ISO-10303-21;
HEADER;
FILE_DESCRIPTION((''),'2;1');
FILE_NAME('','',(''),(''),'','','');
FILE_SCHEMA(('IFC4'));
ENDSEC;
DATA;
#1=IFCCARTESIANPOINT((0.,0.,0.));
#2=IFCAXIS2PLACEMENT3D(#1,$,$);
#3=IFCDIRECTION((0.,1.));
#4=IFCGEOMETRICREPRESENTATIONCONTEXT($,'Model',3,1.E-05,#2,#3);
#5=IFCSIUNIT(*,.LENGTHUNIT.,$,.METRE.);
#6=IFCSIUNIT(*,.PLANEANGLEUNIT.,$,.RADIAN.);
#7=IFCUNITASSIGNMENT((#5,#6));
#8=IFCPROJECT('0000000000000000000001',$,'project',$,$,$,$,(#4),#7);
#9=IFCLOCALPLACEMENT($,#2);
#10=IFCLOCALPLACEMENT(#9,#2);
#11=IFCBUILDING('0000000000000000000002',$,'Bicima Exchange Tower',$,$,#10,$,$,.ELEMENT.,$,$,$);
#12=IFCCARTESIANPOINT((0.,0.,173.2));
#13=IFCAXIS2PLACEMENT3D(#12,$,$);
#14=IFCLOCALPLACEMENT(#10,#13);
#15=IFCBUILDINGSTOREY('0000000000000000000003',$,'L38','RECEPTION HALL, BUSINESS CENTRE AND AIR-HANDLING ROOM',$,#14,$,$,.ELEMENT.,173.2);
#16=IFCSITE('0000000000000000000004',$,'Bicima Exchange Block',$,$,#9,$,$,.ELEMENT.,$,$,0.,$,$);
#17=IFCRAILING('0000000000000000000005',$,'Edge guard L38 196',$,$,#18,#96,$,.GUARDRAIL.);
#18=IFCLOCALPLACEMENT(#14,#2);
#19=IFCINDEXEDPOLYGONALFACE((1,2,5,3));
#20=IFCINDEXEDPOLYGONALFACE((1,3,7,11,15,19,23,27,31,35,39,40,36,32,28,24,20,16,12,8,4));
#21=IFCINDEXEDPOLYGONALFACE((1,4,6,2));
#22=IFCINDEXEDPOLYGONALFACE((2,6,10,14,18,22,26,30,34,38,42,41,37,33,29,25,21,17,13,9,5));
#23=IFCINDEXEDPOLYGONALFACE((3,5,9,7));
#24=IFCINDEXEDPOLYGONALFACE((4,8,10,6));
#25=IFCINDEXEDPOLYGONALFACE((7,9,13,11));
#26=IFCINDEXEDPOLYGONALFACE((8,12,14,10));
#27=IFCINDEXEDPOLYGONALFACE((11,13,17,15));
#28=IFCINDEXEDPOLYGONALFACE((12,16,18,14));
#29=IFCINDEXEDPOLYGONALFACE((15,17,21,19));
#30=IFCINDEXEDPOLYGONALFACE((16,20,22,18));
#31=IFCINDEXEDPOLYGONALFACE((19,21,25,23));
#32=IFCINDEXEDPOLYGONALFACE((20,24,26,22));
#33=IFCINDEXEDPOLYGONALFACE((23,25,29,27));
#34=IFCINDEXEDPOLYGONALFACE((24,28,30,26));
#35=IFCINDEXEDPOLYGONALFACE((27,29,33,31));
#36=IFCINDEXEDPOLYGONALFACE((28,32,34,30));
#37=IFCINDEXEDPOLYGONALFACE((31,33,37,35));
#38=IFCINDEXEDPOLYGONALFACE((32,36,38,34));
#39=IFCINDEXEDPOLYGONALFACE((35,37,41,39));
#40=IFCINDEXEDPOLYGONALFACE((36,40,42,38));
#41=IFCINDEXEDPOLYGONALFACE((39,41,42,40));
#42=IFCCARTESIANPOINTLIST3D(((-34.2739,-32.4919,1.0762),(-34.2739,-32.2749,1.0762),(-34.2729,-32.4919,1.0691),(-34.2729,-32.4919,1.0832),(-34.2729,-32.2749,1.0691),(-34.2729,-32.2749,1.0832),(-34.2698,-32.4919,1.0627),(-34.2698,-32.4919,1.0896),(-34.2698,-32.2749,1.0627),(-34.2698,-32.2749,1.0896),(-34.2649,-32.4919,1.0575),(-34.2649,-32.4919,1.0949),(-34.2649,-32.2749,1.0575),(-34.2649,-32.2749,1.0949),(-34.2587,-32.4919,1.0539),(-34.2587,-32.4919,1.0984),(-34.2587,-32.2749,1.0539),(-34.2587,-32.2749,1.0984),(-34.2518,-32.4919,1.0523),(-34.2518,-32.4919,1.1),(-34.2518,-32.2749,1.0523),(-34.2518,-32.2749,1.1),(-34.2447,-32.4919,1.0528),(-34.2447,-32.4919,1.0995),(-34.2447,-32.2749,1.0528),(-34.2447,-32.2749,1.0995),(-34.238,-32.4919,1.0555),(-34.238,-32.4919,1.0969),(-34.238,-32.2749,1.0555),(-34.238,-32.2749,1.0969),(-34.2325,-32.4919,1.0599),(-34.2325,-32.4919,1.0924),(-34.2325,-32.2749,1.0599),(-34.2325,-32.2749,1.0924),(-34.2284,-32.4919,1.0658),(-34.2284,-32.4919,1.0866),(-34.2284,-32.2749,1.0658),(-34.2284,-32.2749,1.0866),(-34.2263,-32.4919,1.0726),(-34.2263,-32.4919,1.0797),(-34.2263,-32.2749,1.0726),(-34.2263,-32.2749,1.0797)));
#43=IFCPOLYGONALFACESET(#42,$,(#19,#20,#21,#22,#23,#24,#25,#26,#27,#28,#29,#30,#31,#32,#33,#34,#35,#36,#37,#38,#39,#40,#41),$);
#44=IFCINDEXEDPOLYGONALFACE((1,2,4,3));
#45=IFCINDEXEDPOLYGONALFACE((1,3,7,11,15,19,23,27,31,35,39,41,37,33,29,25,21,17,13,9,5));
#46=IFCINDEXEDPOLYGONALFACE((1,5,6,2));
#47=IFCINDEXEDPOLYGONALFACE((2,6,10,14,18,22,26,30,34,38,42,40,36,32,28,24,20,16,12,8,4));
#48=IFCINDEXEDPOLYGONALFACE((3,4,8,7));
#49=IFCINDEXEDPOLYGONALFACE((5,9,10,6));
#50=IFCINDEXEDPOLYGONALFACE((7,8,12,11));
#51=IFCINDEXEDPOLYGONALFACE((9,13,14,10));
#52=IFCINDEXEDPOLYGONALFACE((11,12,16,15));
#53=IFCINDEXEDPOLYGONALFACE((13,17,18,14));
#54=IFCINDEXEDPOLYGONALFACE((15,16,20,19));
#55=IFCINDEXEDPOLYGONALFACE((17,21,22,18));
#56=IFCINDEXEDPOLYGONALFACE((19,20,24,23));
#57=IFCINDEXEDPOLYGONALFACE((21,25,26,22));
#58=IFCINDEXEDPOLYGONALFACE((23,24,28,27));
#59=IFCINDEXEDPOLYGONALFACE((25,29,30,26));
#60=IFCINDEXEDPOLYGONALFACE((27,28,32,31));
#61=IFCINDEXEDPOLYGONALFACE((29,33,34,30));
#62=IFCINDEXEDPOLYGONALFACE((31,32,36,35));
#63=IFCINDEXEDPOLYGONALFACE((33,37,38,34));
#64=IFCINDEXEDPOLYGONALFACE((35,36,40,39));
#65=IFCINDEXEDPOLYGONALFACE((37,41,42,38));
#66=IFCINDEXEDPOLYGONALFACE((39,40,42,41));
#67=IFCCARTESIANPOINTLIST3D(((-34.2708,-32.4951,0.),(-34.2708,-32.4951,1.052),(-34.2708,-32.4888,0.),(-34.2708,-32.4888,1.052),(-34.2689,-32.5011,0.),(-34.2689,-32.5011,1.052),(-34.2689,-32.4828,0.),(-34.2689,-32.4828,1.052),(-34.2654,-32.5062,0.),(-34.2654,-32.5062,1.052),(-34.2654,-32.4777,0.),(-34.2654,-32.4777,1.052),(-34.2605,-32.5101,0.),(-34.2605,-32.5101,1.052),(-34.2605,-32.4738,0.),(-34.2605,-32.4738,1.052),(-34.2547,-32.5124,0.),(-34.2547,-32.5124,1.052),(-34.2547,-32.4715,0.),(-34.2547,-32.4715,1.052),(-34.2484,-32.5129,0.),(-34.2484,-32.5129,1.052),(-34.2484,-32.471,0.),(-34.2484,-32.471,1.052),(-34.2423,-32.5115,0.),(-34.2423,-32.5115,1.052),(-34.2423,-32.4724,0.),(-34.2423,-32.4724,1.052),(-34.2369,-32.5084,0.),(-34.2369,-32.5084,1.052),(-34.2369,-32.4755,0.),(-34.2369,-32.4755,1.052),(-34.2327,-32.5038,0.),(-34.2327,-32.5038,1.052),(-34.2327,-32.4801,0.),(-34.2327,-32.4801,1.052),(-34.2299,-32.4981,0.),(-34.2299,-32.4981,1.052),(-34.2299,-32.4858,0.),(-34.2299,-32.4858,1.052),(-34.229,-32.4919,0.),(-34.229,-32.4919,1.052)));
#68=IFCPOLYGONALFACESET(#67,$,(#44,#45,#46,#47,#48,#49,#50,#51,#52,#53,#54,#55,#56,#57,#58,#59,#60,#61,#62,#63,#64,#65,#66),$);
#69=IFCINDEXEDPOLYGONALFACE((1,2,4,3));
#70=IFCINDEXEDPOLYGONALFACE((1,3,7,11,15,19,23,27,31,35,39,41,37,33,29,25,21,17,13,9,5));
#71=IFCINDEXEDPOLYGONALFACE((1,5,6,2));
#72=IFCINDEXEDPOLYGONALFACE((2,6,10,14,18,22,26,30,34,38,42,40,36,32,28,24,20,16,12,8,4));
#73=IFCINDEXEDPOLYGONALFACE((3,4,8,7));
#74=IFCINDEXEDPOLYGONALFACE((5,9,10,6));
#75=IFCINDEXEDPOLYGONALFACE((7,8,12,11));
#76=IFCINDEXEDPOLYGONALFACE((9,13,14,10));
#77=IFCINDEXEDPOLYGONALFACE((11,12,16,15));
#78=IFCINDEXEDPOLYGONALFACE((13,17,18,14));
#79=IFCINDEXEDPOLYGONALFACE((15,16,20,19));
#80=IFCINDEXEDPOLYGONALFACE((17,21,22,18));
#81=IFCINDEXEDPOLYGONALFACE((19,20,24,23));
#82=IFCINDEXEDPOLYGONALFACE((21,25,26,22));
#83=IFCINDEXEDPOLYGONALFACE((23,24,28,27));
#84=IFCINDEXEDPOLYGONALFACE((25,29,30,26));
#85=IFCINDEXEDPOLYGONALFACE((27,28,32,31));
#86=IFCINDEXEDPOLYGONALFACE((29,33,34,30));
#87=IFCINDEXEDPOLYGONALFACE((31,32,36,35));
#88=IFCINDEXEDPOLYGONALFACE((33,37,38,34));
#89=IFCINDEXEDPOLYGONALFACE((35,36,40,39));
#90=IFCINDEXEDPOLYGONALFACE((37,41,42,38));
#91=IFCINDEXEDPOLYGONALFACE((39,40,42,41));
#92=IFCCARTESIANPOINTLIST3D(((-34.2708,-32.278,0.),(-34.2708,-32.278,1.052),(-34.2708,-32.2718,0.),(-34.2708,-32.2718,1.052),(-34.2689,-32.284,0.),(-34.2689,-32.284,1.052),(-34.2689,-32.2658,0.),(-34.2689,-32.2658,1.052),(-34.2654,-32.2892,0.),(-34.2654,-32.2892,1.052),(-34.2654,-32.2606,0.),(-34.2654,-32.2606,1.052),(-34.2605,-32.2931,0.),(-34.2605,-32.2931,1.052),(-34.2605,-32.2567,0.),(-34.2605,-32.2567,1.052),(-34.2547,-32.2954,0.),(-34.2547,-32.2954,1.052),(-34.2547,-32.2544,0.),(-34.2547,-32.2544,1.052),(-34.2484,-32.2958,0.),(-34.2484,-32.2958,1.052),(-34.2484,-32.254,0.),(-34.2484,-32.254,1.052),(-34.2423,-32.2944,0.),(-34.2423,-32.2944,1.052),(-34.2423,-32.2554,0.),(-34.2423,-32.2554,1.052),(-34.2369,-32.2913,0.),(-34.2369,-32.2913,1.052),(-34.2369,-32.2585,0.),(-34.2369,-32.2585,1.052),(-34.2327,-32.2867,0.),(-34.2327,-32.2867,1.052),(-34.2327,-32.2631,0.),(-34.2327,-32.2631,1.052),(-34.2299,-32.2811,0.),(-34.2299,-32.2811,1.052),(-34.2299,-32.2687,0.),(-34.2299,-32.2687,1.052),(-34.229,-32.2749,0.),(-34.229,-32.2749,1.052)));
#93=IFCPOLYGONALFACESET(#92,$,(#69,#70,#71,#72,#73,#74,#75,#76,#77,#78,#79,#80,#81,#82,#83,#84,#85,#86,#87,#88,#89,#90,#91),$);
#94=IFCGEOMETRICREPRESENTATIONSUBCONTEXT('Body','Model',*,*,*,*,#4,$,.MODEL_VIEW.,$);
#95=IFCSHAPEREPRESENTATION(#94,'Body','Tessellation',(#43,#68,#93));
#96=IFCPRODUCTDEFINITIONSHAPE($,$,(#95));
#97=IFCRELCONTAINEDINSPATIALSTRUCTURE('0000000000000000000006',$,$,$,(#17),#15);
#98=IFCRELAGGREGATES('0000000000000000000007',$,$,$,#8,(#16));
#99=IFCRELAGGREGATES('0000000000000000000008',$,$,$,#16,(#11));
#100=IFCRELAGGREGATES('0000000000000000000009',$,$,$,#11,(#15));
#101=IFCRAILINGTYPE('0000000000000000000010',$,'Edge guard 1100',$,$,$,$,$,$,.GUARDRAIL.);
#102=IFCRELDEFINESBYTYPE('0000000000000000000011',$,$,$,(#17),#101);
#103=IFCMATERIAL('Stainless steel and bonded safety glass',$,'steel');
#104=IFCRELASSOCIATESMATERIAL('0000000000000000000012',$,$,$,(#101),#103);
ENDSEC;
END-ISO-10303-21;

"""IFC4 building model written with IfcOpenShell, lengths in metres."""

from ifc_helpers import new_model, si_unit, direction, frame, origin, origin_2d, place, context, subcontext, project, spatial, circle, extrude, material, type_object, element, save


model = new_model("IFC4")

# Units and contexts
model_context = context("Model", 3, precision=1e-05, world=origin(), true_north=direction((0.0, 1.0)))
body_context = subcontext(model_context, "Body", "Model", "MODEL_VIEW")
ifc_project = project(units=[si_unit("LENGTHUNIT", "METRE"), si_unit("PLANEANGLEUNIT", "RADIAN")], contexts=[model_context])

# Site, building, storey
site_placement = place(None, origin())
site = spatial("IfcSite", under=ifc_project, at=site_placement, Name="Bicima Exchange Block", CompositionType="ELEMENT", RefElevation=0.0)
building_placement = place(site_placement, origin())
building = spatial("IfcBuilding", under=site, at=building_placement, Name="Bicima Exchange Tower", CompositionType="ELEMENT")
storey_placement = place(building_placement, frame((0.0, 0.0, 173.2)))
storey = spatial("IfcBuildingStorey", under=building, at=storey_placement, Name="L38", Description="RECEPTION HALL, BUSINESS CENTRE AND AIR-HANDLING ROOM", CompositionType="ELEMENT", Elevation=173.2)

# Railing
ifc_material_1 = material(Name="Stainless steel and bonded safety glass", Category="steel")
railing_type = type_object("IfcRailingType", Name="Edge guard 1100", PredefinedType="GUARDRAIL", material=ifc_material_1)
railing_1_placement = place(storey_placement, frame((-34.25, -32.4919, 0.0)))
element("IfcRailing", 1, at=railing_1_placement, inside=storey, type_object=railing_type, Name="Edge guard L38 196", PredefinedType="GUARDRAIL", context=body_context, shape_type="SweptSolid", body=[
    extrude(circle(Radius=0.0239, at=origin_2d()), frame((0.0, 0.0, 1.0762), z_axis=(0.0, 1.0, 0.0), x_axis=(-1.0, 0.0, 0.0)), (0.0, 0.0, 1.0), 0.217),
    extrude(circle(Radius=0.021, at=origin_2d()), origin(), (0.0, 0.0, 1.0), 1.052),
    extrude(circle(Radius=0.021, at=origin_2d()), frame((0.0, 0.217, 0.0)), (0.0, 0.0, 1.0), 1.052),
])

save(model, "model.ifc")
